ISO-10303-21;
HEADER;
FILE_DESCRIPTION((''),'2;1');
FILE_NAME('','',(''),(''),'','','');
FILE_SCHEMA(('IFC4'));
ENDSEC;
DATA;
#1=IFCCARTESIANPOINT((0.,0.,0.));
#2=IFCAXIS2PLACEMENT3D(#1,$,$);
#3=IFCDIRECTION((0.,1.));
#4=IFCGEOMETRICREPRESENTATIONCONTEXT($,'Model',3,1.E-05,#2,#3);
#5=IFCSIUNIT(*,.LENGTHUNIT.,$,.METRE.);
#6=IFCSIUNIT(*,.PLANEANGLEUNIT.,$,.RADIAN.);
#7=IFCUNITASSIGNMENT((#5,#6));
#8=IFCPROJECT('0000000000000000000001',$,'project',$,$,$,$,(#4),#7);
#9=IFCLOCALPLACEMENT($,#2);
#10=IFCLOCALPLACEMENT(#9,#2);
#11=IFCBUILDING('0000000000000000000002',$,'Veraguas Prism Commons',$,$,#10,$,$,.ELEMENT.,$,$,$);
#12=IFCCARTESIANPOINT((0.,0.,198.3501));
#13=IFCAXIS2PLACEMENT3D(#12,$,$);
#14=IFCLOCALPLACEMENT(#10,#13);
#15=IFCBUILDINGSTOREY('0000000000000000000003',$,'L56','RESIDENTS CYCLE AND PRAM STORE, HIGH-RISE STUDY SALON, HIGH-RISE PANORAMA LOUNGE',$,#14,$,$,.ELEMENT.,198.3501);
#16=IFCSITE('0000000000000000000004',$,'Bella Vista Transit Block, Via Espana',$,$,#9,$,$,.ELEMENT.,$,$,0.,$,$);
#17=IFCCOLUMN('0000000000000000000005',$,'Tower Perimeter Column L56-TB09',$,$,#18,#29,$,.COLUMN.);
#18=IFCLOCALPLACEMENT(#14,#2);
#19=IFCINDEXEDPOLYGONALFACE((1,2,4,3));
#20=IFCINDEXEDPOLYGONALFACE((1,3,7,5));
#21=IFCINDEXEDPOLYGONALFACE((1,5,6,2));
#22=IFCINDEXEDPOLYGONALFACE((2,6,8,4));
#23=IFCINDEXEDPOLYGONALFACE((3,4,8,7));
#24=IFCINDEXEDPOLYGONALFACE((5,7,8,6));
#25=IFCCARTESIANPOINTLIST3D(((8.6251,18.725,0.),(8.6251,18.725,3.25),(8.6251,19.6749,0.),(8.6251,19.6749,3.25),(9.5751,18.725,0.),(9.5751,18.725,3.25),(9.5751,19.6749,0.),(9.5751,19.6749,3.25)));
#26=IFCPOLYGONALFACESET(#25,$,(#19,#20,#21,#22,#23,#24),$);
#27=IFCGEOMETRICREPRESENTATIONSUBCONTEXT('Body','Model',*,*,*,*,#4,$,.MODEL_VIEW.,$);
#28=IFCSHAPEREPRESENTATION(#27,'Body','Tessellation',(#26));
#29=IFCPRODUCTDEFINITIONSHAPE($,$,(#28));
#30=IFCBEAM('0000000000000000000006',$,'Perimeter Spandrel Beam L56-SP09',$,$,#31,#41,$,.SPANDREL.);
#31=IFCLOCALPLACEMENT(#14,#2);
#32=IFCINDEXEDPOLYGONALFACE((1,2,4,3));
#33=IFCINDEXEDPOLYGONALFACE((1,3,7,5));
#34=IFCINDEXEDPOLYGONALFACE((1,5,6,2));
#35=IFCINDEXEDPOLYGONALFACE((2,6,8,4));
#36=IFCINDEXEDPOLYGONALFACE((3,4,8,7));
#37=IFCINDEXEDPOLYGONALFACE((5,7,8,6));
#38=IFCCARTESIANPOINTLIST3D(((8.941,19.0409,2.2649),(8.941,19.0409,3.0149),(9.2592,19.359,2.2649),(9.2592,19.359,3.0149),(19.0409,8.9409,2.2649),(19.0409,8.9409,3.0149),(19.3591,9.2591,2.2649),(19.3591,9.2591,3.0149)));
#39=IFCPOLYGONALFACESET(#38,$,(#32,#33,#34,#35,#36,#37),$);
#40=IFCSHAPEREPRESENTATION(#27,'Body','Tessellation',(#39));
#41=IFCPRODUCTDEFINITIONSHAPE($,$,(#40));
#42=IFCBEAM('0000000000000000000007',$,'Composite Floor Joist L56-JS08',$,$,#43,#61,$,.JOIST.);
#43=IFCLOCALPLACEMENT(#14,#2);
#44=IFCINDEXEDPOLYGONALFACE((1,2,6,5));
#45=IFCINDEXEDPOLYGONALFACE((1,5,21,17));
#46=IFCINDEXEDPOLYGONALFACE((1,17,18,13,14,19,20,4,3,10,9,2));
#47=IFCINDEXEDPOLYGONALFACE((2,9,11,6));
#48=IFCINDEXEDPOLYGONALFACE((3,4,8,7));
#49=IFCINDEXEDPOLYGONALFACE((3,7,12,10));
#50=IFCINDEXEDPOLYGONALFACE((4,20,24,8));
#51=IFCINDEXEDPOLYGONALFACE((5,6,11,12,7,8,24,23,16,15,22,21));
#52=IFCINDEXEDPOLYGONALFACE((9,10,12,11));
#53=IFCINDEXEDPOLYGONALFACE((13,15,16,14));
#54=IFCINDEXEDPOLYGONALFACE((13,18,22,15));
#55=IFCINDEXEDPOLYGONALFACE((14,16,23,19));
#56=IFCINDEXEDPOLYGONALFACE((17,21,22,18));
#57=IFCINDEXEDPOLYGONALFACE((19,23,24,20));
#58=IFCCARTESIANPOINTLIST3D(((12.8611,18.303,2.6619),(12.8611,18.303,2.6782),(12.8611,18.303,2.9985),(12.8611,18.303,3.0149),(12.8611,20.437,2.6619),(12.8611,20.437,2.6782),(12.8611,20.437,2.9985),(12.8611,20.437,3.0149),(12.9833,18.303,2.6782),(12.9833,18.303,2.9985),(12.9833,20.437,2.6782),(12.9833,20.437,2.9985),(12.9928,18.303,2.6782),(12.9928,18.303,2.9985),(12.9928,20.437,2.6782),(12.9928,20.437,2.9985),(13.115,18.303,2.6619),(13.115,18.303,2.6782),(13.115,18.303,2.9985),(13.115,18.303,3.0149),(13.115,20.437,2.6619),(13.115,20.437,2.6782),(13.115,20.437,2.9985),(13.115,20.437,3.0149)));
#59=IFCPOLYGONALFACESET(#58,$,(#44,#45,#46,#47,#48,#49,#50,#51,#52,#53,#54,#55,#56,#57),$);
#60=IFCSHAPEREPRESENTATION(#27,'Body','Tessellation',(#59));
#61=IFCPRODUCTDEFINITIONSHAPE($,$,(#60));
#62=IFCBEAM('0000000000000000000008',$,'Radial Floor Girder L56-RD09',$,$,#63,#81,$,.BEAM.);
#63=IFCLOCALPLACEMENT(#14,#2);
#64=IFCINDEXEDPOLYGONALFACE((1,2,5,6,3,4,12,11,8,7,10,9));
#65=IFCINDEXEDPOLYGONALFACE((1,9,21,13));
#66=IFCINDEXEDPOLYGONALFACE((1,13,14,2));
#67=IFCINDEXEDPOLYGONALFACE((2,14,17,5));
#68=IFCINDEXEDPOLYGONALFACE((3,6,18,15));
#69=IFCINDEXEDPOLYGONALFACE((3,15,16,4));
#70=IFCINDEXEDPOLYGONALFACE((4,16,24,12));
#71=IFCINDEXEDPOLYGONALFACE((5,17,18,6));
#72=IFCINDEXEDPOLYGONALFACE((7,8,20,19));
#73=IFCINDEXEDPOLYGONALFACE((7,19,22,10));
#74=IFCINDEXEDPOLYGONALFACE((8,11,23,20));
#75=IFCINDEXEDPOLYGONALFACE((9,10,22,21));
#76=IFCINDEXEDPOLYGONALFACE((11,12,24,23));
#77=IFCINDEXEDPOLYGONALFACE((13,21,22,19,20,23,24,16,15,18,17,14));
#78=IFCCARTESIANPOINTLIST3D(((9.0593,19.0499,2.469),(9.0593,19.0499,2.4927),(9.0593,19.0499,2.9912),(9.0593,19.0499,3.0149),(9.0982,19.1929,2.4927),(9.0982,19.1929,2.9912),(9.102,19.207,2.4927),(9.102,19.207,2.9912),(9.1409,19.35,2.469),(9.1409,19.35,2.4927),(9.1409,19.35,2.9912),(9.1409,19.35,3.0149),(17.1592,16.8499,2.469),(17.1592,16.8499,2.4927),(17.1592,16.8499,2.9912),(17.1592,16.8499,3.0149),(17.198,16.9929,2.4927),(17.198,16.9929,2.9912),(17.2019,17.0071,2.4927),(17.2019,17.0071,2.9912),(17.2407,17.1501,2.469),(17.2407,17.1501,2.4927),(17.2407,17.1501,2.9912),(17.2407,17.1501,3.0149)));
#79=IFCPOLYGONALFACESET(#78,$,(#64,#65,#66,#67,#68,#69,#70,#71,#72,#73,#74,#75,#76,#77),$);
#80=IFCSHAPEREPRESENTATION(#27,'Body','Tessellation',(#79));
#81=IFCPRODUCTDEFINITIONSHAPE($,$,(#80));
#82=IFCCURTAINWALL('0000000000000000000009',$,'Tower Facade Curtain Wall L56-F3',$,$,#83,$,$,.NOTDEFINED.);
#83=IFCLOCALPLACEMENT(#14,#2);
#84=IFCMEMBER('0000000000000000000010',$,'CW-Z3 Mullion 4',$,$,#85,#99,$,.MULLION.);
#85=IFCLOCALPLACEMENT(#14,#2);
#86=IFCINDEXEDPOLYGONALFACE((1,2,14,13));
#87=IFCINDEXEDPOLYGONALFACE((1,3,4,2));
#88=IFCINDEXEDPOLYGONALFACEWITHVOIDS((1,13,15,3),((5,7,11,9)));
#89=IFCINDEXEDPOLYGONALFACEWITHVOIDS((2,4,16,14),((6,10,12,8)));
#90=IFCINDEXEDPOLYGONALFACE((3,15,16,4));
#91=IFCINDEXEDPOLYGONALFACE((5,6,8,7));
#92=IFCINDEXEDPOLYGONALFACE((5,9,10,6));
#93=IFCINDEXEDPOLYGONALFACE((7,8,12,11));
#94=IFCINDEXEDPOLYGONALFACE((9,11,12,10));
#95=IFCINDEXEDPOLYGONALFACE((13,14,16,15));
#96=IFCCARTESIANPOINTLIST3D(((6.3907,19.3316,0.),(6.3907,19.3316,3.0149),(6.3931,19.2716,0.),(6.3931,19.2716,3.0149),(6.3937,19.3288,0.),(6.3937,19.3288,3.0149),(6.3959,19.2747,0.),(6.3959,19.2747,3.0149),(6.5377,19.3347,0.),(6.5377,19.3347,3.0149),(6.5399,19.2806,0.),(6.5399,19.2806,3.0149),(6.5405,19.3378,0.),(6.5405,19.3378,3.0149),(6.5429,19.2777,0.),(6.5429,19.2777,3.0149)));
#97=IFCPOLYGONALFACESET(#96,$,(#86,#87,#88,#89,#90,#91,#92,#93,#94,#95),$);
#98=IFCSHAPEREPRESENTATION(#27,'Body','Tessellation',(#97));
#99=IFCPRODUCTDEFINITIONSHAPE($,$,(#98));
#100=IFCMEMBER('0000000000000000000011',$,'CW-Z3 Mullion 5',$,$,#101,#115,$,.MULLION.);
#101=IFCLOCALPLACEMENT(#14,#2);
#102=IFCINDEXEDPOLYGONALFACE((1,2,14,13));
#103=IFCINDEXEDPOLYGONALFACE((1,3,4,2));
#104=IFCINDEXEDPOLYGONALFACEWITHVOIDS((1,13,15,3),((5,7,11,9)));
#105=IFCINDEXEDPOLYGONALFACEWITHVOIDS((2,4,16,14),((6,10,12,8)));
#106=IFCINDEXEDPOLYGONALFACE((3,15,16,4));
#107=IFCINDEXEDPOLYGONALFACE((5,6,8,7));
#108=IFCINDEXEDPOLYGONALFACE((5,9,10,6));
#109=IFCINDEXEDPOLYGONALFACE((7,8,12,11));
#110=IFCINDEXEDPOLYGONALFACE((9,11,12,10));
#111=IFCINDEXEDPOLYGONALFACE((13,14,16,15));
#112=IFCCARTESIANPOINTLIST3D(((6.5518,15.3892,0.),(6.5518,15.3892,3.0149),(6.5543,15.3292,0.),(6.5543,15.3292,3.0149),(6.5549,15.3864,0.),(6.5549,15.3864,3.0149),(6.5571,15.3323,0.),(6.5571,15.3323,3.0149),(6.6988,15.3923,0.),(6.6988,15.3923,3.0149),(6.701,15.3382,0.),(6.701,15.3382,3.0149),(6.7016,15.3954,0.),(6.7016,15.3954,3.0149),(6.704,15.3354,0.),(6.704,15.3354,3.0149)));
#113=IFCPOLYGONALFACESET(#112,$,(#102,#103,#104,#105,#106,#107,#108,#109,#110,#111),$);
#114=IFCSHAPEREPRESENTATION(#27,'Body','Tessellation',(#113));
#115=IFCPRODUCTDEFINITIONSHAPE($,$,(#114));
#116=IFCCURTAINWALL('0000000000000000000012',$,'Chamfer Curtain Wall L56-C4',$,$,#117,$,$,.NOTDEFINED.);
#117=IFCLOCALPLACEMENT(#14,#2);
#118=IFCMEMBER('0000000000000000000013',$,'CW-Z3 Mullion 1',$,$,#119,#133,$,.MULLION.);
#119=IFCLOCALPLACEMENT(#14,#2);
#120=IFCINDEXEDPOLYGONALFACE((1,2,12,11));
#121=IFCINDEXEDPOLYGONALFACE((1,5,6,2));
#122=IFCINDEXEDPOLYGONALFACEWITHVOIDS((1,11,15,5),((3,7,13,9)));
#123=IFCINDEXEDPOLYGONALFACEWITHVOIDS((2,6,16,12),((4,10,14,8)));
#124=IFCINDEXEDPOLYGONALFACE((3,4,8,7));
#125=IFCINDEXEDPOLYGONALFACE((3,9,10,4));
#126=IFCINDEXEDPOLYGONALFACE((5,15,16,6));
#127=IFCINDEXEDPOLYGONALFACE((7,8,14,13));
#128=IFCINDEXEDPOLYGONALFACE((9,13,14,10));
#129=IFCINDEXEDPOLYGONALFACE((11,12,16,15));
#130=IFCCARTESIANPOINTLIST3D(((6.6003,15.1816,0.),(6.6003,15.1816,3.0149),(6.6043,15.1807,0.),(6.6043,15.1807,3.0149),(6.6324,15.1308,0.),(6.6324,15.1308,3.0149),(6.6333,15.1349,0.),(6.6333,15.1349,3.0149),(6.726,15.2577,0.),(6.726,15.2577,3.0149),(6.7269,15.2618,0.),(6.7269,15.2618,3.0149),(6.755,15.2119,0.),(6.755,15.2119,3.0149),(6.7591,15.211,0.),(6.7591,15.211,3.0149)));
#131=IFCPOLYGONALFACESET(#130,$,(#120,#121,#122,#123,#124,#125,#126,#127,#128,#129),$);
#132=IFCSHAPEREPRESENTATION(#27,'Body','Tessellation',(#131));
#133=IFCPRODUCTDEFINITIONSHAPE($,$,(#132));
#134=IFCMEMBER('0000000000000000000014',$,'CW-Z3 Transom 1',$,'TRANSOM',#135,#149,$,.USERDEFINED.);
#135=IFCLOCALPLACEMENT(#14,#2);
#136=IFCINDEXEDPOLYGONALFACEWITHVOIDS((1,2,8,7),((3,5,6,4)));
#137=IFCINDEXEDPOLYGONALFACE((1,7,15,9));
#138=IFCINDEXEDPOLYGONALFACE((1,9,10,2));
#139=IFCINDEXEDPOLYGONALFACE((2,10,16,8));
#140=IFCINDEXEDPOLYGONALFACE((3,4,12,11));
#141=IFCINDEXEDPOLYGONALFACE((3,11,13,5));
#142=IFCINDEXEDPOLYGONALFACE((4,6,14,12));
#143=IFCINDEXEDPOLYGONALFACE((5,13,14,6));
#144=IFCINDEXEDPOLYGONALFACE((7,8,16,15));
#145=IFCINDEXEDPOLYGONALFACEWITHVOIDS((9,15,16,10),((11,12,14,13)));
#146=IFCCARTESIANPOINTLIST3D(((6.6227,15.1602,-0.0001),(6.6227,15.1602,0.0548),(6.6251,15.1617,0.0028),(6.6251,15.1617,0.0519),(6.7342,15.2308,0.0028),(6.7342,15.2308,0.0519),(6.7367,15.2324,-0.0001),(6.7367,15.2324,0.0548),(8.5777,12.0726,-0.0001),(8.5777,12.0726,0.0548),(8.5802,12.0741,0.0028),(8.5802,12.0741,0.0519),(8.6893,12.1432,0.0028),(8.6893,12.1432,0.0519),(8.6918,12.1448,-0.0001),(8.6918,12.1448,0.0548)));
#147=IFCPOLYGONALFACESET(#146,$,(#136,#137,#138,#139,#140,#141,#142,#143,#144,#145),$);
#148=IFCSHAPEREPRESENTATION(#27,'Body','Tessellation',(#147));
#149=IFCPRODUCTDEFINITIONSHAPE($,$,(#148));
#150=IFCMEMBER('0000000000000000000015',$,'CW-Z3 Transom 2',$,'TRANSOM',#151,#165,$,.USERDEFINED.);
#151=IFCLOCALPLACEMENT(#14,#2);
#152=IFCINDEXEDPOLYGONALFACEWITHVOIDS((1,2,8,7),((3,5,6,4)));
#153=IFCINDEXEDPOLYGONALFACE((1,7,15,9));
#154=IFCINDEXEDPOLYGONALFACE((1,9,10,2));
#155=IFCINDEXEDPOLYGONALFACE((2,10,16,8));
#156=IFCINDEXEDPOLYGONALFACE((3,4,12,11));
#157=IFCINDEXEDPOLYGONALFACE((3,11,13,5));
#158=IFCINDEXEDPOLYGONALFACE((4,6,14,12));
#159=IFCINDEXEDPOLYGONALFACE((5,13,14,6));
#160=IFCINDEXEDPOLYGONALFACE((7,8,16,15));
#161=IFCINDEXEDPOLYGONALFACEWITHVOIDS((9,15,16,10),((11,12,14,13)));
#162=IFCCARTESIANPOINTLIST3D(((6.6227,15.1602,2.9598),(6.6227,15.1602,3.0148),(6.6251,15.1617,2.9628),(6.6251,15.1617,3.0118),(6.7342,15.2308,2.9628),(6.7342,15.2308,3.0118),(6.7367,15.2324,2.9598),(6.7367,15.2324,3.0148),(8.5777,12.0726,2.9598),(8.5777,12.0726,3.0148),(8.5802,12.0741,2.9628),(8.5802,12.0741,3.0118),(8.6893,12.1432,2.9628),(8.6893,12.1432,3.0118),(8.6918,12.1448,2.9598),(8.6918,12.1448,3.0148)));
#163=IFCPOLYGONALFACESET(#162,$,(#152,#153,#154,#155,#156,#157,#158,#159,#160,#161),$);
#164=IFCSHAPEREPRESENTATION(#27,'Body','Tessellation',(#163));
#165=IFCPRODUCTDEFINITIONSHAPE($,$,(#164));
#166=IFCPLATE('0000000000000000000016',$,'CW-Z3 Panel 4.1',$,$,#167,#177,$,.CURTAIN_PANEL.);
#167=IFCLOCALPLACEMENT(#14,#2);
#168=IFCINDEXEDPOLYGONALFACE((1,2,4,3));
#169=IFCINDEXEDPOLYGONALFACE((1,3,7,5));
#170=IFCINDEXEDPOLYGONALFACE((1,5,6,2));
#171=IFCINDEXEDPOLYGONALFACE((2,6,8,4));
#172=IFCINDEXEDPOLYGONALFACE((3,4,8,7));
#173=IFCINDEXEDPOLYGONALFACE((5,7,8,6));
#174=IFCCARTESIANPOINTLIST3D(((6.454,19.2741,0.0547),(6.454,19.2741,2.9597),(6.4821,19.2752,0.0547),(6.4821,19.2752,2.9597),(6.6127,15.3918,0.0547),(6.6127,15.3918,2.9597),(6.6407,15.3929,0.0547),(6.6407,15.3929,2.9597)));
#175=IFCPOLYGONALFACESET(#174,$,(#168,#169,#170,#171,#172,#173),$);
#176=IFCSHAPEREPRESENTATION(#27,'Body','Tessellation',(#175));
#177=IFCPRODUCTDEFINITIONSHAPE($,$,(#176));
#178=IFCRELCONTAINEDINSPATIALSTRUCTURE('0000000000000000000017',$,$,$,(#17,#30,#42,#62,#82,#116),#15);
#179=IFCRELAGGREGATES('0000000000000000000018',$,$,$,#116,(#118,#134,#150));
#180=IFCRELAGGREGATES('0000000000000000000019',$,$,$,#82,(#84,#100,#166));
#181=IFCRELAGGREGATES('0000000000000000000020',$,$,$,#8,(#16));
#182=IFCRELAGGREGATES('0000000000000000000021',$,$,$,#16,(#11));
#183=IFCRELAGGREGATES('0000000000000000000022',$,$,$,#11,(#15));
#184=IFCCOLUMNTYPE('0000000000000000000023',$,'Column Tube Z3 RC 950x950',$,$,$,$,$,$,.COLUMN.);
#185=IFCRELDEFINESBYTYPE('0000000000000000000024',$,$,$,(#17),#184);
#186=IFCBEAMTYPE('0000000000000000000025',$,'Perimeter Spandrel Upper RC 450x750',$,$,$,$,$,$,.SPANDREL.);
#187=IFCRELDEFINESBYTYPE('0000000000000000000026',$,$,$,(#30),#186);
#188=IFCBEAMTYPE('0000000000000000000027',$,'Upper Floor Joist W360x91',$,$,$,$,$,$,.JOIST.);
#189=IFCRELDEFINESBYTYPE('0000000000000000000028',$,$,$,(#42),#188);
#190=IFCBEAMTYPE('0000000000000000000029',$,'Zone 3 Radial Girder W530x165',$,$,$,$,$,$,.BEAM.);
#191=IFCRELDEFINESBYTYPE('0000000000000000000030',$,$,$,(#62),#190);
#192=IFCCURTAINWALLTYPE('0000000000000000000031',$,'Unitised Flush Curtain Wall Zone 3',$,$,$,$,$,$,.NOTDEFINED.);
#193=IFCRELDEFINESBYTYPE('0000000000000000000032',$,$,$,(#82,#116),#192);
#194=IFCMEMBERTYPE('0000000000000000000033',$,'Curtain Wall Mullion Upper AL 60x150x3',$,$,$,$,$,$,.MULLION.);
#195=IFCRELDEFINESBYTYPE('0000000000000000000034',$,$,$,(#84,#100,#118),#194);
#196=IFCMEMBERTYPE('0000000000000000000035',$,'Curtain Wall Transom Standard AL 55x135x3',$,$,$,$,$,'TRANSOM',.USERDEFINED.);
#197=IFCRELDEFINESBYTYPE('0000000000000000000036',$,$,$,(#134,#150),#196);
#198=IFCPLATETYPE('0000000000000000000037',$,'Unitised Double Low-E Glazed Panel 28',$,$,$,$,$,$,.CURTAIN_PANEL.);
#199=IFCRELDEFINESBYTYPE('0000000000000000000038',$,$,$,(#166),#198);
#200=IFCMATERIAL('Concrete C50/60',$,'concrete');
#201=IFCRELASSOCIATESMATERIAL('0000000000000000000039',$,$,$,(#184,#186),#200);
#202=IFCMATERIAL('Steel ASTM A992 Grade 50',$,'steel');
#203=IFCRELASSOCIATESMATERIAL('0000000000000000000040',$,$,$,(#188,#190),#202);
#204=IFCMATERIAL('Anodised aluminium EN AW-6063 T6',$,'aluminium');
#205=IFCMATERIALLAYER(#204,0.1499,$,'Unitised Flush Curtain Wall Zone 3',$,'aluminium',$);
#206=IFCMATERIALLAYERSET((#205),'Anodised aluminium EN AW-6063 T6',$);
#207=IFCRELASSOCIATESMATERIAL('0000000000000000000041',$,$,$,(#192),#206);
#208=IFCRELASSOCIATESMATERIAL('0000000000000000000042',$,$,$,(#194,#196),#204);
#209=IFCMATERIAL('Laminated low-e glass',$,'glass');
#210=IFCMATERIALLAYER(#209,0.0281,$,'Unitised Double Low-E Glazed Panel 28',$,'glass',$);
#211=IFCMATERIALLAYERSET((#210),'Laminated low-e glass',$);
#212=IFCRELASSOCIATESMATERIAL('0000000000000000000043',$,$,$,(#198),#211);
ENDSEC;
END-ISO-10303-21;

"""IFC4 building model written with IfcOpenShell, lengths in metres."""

from ifc_helpers import new_model, si_unit, direction, frame, origin, origin_2d, place, context, subcontext, project, spatial, rectangle, hollow_rectangle, i_section, extrude, source, transform, mapped, material, layer, layer_set, material_profile, profile_set, type_object, element, aggregate, save


model = new_model("IFC4")

# Units and contexts
model_context = context("Model", 3, precision=1e-05, world=origin(), true_north=direction((0.0, 1.0)))
body_context = subcontext(model_context, "Body", "Model", "MODEL_VIEW")
ifc_project = project(units=[si_unit("LENGTHUNIT", "METRE"), si_unit("PLANEANGLEUNIT", "RADIAN")], contexts=[model_context])

# Site, building, storey
site_placement = place(None, origin())
site = spatial("IfcSite", under=ifc_project, at=site_placement, Name="Bella Vista Transit Block, Via Espana", CompositionType="ELEMENT", RefElevation=0.0)
building_placement = place(site_placement, origin())
building = spatial("IfcBuilding", under=site, at=building_placement, Name="Veraguas Prism Commons", CompositionType="ELEMENT")
storey_placement = place(building_placement, frame((0.0, 0.0, 198.3501)))
storey = spatial("IfcBuildingStorey", under=building, at=storey_placement, Name="L56", Description="RESIDENTS CYCLE AND PRAM STORE, HIGH-RISE STUDY SALON, HIGH-RISE PANORAMA LOUNGE", CompositionType="ELEMENT", Elevation=198.3501)

# Column
ifc_material_1 = material(Name="Concrete C50/60", Category="concrete")
ifc_material_profile_1 = material_profile(ifc_material_1, rectangle(XDim=0.95, YDim=0.95, at=origin_2d()), Name="RC950X950")
ifc_profile_set_1 = profile_set([ifc_material_profile_1], Name="Concrete C50/60")
column_type = type_object("IfcColumnType", Name="Column Tube Z3 RC 950x950", PredefinedType="COLUMN", material=ifc_profile_set_1)
column_placement = place(storey_placement, frame((9.1001, 19.2, 0.0), z_axis=(0.0, 0.0, 1.0), x_axis=(1.0, 0.0, 0.0)))
element("IfcColumn", 1, at=column_placement, inside=storey, type_object=column_type, Name="Tower Perimeter Column L56-TB09", PredefinedType="COLUMN", context=body_context, shape_type="SweptSolid", body=[
    extrude(rectangle(XDim=0.95, YDim=0.95, at=origin_2d()), origin(), (0.0, 0.0, 1.0), 3.25),
])

# Beams
ifc_material_profile_2 = material_profile(ifc_material_1, rectangle(XDim=0.45, YDim=0.75, at=origin_2d()), Name="RC450X750")
ifc_profile_set_2 = profile_set([ifc_material_profile_2], Name="Concrete C50/60")
beam_type_1 = type_object("IfcBeamType", Name="Perimeter Spandrel Upper RC 450x750", PredefinedType="SPANDREL", material=ifc_profile_set_2)
beam_1_placement = place(storey_placement, frame((9.1001, 19.2, 2.6399), z_axis=(0.707107, -0.707107, 0.0), x_axis=(0.707107, 0.707107, 0.0)))
element("IfcBeam", 2, at=beam_1_placement, inside=storey, type_object=beam_type_1, Name="Perimeter Spandrel Beam L56-SP09", PredefinedType="SPANDREL", context=body_context, shape_type="SweptSolid", body=[
    extrude(rectangle(XDim=0.45, YDim=0.75, at=origin_2d()), origin(), (0.0, 0.0, 1.0), 14.2834),
])
ifc_material_2 = material(Name="Steel ASTM A992 Grade 50", Category="steel")
ifc_material_profile_3 = material_profile(ifc_material_2, i_section(OverallWidth=0.2539, OverallDepth=0.353, WebThickness=0.0095, FlangeThickness=0.0164, at=origin_2d()), Name="W360X91")
ifc_profile_set_3 = profile_set([ifc_material_profile_3], Name="Steel ASTM A992 Grade 50")
beam_type_2 = type_object("IfcBeamType", Name="Upper Floor Joist W360x91", PredefinedType="JOIST", material=ifc_profile_set_3)
beam_2_placement = place(storey_placement, frame((12.988, 20.437, 2.8384), z_axis=(0.0, -1.0, 0.0), x_axis=(1.0, 0.0, 0.0)))
element("IfcBeam", 3, at=beam_2_placement, inside=storey, type_object=beam_type_2, Name="Composite Floor Joist L56-JS08", PredefinedType="JOIST", context=body_context, shape_type="SweptSolid", body=[
    extrude(i_section(OverallWidth=0.2539, OverallDepth=0.353, WebThickness=0.0095, FlangeThickness=0.0164, at=origin_2d()), origin(), (0.0, 0.0, 1.0), 2.134),
])
ifc_material_profile_4 = material_profile(ifc_material_2, i_section(OverallWidth=0.311, OverallDepth=0.5459, WebThickness=0.0146, FlangeThickness=0.0237, at=origin_2d()), Name="W530X165")
ifc_profile_set_4 = profile_set([ifc_material_profile_4], Name="Steel ASTM A992 Grade 50")
beam_type_3 = type_object("IfcBeamType", Name="Zone 3 Radial Girder W530x165", PredefinedType="BEAM", material=ifc_profile_set_4)
beam_3_placement = place(storey_placement, frame((9.1001, 19.2, 2.7419), z_axis=(0.965039, -0.262108, 0.0), x_axis=(0.262108, 0.965039, 0.0)))
element("IfcBeam", 4, at=beam_3_placement, inside=storey, type_object=beam_type_3, Name="Radial Floor Girder L56-RD09", PredefinedType="BEAM", context=body_context, shape_type="SweptSolid", body=[
    extrude(i_section(OverallWidth=0.311, OverallDepth=0.5459, WebThickness=0.0146, FlangeThickness=0.0237, at=origin_2d()), origin(), (0.0, 0.0, 1.0), 8.3933),
])

# Curtain walls, members
ifc_material_3 = material(Name="Anodised aluminium EN AW-6063 T6", Category="aluminium")
ifc_layer_1 = layer(ifc_material_3, 0.1499, Name="Unitised Flush Curtain Wall Zone 3", Category="aluminium")
ifc_layer_set_1 = layer_set([ifc_layer_1], Name="Anodised aluminium EN AW-6063 T6")
curtain_wall_type = type_object("IfcCurtainWallType", Name="Unitised Flush Curtain Wall Zone 3", PredefinedType="NOTDEFINED", material=ifc_layer_set_1)
curtain_wall_1_placement = place(storey_placement, origin())
curtain_wall_1 = element("IfcCurtainWall", 5, at=curtain_wall_1_placement, inside=storey, type_object=curtain_wall_type, Name="Tower Facade Curtain Wall L56-F3", PredefinedType="NOTDEFINED")
ifc_material_profile_5 = material_profile(ifc_material_3, hollow_rectangle(XDim=0.0601, YDim=0.1499, WallThickness=0.0029, at=origin_2d()), Name="AL60X150X3")
ifc_profile_set_5 = profile_set([ifc_material_profile_5], Name="Anodised aluminium EN AW-6063 T6")
member_type_1 = type_object("IfcMemberType", Name="Curtain Wall Mullion Upper AL 60x150x3", PredefinedType="MULLION", material=ifc_profile_set_5)
shared_shape_1 = source(origin(), body_context, "Body", "SweptSolid", [
    extrude(hollow_rectangle(XDim=0.0601, YDim=0.1499, WallThickness=0.0029, at=origin_2d()), origin(), (0.0, 0.0, 1.0), 3.0149),
])
member_1_placement = place(storey_placement, frame((6.4668, 19.3047, 0.0), z_axis=(0.0, 0.0, 1.0), x_axis=(0.040829, -0.999166, 0.0)))
member_1 = element("IfcMember", 6, at=member_1_placement, type_object=member_type_1, Name="CW-Z3 Mullion 4", PredefinedType="MULLION", context=body_context, shape_type="MappedRepresentation", body=[
    mapped(shared_shape_1, transform((0.0, 0.0, 0.0), scale=1.0)),
])
member_2_placement = place(storey_placement, frame((6.6279, 15.3623, 0.0), z_axis=(0.0, 0.0, 1.0), x_axis=(0.040829, -0.999166, 0.0)))
member_2 = element("IfcMember", 7, at=member_2_placement, type_object=member_type_1, Name="CW-Z3 Mullion 5", PredefinedType="MULLION", context=body_context, shape_type="MappedRepresentation", body=[
    mapped(shared_shape_1, transform((0.0, 0.0, 0.0), scale=1.0)),
])
curtain_wall_2_placement = place(storey_placement, origin())
curtain_wall_2 = element("IfcCurtainWall", 8, at=curtain_wall_2_placement, inside=storey, type_object=curtain_wall_type, Name="Chamfer Curtain Wall L56-C4", PredefinedType="NOTDEFINED")
member_3_placement = place(storey_placement, frame((6.6797, 15.1963, 0.0), z_axis=(0.0, 0.0, 1.0), x_axis=(0.534939, -0.84489, 0.0)))
member_3 = element("IfcMember", 9, at=member_3_placement, type_object=member_type_1, Name="CW-Z3 Mullion 1", PredefinedType="MULLION", context=body_context, shape_type="MappedRepresentation", body=[
    mapped(shared_shape_1, transform((0.0, 0.0, 0.0), scale=1.0)),
])
ifc_material_profile_6 = material_profile(ifc_material_3, hollow_rectangle(XDim=0.0549, YDim=0.135, WallThickness=0.0029, at=origin_2d()), Name="AL55X135X3")
ifc_profile_set_6 = profile_set([ifc_material_profile_6], Name="Anodised aluminium EN AW-6063 T6")
member_type_2 = type_object("IfcMemberType", Name="Curtain Wall Transom Standard AL 55x135x3", ElementType="TRANSOM", PredefinedType="USERDEFINED", material=ifc_profile_set_6)
shared_shape_2 = source(origin(), body_context, "Body", "SweptSolid", [
    extrude(hollow_rectangle(XDim=0.0549, YDim=0.135, WallThickness=0.0029, at=origin_2d()), origin(), (0.0, 0.0, 1.0), 3.6545),
])
member_4_placement = place(storey_placement, frame((6.6797, 15.1963, 0.0273), z_axis=(0.534968, -0.844872, 0.0), x_axis=(0.0, 0.0, 1.0)))
member_4 = element("IfcMember", 10, at=member_4_placement, type_object=member_type_2, Name="CW-Z3 Transom 1", ObjectType="TRANSOM", PredefinedType="USERDEFINED", context=body_context, shape_type="MappedRepresentation", body=[
    mapped(shared_shape_2, transform((0.0, 0.0, 0.0), scale=1.0)),
])
member_5_placement = place(storey_placement, frame((6.6797, 15.1963, 2.9873), z_axis=(0.534968, -0.844872, 0.0), x_axis=(0.0, 0.0, 1.0)))
member_5 = element("IfcMember", 11, at=member_5_placement, type_object=member_type_2, Name="CW-Z3 Transom 2", ObjectType="TRANSOM", PredefinedType="USERDEFINED", context=body_context, shape_type="MappedRepresentation", body=[
    mapped(shared_shape_2, transform((0.0, 0.0, 0.0), scale=1.0)),
])
aggregate(curtain_wall_2, [member_3, member_4, member_5])

# Plate
ifc_material_4 = material(Name="Laminated low-e glass", Category="glass")
ifc_layer_2 = layer(ifc_material_4, 0.0281, Name="Unitised Double Low-E Glazed Panel 28", Category="glass")
ifc_layer_set_2 = layer_set([ifc_layer_2], Name="Laminated low-e glass")
plate_type = type_object("IfcPlateType", Name="Unitised Double Low-E Glazed Panel 28", PredefinedType="CURTAIN_PANEL", material=ifc_layer_set_2)
shared_shape_3 = source(origin(), body_context, "Body", "SweptSolid", [
    extrude(rectangle(XDim=3.8855, YDim=0.0281, at=origin_2d()), origin(), (0.0, 0.0, 1.0), 2.905),
])
plate_placement = place(storey_placement, frame((6.5474, 17.3335, 0.0547), z_axis=(0.0, 0.0, 1.0), x_axis=(0.040829, -0.999166, 0.0)))
plate = element("IfcPlate", 12, at=plate_placement, type_object=plate_type, Name="CW-Z3 Panel 4.1", PredefinedType="CURTAIN_PANEL", context=body_context, shape_type="MappedRepresentation", body=[
    mapped(shared_shape_3, transform((0.0, 0.0, 0.0), scale=1.0)),
])
aggregate(curtain_wall_1, [member_1, member_2, plate])

save(model, "model.ifc")
